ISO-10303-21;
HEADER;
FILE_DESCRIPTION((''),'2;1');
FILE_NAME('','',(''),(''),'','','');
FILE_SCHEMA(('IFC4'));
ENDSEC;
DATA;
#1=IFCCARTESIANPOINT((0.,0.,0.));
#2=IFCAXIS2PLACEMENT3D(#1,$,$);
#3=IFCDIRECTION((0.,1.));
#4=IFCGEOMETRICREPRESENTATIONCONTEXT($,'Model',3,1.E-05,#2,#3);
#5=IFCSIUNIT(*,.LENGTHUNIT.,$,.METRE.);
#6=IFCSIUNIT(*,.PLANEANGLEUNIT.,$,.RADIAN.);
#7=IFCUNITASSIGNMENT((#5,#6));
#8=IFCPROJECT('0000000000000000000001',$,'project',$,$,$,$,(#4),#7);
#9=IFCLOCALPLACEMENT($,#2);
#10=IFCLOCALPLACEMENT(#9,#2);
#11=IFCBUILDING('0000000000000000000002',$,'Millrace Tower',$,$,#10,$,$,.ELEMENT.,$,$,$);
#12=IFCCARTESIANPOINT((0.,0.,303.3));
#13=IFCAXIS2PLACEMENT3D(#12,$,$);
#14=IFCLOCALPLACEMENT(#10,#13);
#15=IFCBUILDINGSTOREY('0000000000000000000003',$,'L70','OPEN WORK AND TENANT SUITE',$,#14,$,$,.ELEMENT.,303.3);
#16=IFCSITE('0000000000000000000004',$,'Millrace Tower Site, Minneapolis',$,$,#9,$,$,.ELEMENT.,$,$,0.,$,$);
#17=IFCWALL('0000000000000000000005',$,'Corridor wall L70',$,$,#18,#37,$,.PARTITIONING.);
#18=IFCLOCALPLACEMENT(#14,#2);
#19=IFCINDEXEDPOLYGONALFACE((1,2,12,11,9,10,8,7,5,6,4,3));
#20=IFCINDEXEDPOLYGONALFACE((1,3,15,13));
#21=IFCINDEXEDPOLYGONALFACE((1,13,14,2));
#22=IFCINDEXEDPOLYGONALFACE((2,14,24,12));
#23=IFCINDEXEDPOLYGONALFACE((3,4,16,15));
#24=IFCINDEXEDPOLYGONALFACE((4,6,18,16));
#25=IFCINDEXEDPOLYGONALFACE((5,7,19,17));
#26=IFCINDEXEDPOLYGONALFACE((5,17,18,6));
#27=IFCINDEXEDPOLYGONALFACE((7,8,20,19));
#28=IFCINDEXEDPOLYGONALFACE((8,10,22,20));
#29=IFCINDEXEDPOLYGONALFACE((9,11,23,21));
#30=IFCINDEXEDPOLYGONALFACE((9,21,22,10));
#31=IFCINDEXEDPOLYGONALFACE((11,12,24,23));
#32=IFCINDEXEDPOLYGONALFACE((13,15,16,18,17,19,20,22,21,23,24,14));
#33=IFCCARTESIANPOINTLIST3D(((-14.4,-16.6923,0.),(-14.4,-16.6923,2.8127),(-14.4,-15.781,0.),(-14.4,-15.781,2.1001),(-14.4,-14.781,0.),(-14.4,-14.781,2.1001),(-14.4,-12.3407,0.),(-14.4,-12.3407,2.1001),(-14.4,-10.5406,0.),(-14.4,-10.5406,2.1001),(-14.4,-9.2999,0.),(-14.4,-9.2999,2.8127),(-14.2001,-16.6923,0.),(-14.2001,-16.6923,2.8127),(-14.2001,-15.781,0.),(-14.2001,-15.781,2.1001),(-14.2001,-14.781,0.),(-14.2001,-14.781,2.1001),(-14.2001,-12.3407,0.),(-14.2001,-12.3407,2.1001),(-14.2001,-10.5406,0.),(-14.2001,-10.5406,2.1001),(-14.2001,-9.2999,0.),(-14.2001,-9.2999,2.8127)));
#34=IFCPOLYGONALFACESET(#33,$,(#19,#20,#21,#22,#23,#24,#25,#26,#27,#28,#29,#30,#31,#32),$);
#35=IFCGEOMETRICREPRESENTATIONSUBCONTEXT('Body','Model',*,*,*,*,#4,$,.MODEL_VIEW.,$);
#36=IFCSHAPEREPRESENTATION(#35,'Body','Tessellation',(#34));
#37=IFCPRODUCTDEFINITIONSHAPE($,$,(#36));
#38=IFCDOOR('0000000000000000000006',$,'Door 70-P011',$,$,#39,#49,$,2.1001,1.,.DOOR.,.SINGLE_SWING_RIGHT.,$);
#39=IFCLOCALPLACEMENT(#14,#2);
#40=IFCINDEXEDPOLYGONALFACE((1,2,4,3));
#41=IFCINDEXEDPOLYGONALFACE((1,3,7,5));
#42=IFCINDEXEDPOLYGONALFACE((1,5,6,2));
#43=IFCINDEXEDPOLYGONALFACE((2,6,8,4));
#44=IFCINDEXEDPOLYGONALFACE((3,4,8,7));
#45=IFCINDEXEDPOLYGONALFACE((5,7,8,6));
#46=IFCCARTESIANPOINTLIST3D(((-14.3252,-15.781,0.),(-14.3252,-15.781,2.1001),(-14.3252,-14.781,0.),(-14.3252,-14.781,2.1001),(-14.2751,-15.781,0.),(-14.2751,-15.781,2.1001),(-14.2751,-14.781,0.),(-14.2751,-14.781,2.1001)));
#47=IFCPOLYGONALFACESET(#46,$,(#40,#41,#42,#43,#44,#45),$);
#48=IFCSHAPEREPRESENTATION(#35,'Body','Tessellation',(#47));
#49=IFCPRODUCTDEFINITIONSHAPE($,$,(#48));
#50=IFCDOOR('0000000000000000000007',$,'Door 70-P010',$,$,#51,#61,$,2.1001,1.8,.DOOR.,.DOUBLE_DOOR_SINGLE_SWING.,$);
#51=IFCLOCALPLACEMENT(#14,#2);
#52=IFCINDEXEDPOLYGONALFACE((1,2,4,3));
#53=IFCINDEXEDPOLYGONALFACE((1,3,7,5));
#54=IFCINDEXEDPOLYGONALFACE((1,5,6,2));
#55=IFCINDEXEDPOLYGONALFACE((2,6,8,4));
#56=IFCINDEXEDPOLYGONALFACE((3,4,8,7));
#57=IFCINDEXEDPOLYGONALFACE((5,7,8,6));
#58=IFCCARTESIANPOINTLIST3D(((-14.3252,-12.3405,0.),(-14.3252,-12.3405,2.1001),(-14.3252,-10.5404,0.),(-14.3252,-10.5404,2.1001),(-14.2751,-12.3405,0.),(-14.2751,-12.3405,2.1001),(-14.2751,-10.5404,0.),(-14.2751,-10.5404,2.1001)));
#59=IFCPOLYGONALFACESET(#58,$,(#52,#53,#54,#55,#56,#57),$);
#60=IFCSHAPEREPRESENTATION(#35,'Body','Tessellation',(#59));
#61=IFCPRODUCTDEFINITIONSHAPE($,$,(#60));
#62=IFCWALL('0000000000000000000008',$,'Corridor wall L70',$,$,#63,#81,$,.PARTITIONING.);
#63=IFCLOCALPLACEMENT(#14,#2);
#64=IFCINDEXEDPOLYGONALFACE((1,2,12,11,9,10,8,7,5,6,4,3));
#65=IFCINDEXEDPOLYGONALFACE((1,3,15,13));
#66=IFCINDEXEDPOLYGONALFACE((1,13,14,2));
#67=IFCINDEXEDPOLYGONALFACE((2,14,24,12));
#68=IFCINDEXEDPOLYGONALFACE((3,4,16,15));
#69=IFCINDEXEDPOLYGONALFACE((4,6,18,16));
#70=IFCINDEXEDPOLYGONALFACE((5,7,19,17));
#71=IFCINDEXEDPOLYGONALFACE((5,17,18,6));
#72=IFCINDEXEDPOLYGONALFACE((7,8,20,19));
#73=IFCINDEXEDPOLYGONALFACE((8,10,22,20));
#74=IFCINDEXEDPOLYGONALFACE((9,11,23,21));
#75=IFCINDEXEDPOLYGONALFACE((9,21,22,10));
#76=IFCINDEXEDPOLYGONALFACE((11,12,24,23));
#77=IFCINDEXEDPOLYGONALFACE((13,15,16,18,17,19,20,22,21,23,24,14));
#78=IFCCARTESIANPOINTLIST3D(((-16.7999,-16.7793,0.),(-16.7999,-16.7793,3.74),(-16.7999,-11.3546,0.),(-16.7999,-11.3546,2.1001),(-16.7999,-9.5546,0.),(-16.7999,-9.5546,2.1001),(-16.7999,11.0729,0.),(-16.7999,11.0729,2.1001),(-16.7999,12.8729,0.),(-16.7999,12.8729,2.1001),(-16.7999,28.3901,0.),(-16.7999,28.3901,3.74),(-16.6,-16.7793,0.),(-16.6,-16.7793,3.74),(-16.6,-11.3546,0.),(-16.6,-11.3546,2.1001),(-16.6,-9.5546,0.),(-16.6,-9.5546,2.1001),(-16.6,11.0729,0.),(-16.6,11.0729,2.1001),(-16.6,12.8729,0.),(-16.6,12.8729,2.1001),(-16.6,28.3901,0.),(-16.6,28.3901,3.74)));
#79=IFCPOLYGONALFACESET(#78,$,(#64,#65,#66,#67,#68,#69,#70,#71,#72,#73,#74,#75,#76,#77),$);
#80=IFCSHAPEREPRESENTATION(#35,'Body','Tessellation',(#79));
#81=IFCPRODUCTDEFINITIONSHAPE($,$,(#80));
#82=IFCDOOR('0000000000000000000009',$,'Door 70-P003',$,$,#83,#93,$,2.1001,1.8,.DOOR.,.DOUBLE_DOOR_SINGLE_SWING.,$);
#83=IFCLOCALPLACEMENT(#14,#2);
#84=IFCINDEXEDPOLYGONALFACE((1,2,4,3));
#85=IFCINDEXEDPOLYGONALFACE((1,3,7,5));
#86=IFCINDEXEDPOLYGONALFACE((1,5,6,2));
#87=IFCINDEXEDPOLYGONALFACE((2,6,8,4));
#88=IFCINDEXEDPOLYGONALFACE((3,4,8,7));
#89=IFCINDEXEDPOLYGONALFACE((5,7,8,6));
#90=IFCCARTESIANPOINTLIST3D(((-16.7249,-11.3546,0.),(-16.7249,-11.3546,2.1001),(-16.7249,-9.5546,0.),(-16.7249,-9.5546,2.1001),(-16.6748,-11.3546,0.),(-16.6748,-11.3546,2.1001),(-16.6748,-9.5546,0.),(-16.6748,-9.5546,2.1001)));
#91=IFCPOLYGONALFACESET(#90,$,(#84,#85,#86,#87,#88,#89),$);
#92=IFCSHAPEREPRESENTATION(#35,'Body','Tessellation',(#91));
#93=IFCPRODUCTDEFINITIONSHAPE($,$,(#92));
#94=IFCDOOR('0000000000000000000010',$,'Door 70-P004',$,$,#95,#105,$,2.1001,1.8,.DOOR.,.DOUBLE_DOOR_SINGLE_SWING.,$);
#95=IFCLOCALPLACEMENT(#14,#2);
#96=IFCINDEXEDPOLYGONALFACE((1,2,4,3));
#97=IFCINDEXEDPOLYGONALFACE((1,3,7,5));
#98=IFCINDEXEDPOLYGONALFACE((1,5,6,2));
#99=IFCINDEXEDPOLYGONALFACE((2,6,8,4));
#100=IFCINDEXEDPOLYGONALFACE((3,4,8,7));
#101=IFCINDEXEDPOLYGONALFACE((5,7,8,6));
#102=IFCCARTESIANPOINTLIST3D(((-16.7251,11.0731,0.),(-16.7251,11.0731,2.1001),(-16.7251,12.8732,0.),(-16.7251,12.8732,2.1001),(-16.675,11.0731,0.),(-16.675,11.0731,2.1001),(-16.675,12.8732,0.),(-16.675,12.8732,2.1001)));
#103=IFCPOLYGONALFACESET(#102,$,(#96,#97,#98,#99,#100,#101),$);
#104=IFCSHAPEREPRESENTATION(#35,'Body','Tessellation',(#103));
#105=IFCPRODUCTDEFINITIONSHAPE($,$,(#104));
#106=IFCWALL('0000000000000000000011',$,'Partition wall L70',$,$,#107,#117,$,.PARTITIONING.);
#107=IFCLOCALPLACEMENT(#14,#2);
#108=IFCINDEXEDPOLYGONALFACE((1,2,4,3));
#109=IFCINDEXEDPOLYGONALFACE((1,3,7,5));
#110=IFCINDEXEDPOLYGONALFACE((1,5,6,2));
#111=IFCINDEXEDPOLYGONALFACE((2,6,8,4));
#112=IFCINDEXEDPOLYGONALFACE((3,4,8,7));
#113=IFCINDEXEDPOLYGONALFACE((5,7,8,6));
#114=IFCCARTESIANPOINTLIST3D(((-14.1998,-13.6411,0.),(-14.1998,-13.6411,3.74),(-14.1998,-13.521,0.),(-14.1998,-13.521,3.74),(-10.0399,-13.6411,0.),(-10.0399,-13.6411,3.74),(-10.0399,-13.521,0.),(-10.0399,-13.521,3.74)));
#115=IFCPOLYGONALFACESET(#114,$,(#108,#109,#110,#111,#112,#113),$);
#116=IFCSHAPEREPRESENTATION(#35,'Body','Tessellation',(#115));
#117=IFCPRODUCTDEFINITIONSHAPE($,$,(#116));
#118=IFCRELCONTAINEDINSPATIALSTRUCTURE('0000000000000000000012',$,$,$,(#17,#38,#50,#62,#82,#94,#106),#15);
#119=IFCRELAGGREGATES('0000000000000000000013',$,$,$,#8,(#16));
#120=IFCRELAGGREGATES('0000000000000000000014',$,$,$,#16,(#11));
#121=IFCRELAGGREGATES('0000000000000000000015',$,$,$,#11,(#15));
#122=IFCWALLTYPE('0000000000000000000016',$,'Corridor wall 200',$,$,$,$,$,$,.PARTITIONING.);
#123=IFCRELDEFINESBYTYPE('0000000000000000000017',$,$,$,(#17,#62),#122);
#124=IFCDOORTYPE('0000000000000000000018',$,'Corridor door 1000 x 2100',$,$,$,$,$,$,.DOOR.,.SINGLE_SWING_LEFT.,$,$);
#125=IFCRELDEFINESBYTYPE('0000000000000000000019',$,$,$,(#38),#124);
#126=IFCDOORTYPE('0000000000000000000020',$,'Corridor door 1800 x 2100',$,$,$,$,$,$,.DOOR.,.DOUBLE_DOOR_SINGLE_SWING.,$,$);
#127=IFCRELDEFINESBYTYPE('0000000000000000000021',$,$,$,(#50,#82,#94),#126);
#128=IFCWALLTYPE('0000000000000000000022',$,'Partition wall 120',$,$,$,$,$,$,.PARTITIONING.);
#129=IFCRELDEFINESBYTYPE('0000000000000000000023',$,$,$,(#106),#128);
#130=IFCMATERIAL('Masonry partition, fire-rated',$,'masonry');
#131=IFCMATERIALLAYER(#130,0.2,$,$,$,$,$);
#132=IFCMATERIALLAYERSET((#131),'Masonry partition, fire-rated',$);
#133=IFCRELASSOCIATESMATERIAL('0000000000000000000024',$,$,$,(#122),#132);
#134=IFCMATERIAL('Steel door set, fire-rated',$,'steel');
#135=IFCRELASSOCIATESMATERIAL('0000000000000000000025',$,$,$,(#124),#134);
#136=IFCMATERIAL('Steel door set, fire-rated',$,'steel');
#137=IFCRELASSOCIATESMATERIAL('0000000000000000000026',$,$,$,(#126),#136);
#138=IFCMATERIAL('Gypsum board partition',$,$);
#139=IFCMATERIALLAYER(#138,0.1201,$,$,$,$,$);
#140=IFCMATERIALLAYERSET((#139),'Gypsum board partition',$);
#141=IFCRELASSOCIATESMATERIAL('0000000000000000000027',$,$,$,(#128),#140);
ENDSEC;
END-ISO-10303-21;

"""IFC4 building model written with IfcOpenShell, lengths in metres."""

from ifc_helpers import new_model, si_unit, direction, frame, frame_2d, origin, place, context, subcontext, project, spatial, rectangle, extrude, material, layer, layer_set, type_object, element, fill, save


model = new_model("IFC4")

# Units and contexts
model_context = context("Model", 3, precision=1e-05, world=origin(), true_north=direction((0.0, 1.0)))
body_context = subcontext(model_context, "Body", "Model", "MODEL_VIEW")
ifc_project = project(units=[si_unit("LENGTHUNIT", "METRE"), si_unit("PLANEANGLEUNIT", "RADIAN")], contexts=[model_context])

# Site, building, storey
site_placement = place(None, origin())
site = spatial("IfcSite", under=ifc_project, at=site_placement, Name="Millrace Tower Site, Minneapolis", CompositionType="ELEMENT", RefElevation=0.0)
building_placement = place(site_placement, origin())
building = spatial("IfcBuilding", under=site, at=building_placement, Name="Millrace Tower", CompositionType="ELEMENT")
storey_placement = place(building_placement, frame((0.0, 0.0, 303.3)))
storey = spatial("IfcBuildingStorey", under=building, at=storey_placement, Name="L70", Description="OPEN WORK AND TENANT SUITE", CompositionType="ELEMENT", Elevation=303.3)

# Shared definitions
ifc_material_1 = material(Name="Masonry partition, fire-rated", Category="masonry")
ifc_layer_1 = layer(ifc_material_1, 0.2)
ifc_layer_set_1 = layer_set([ifc_layer_1], Name="Masonry partition, fire-rated")
wall_type_1 = type_object("IfcWallType", Name="Corridor wall 200", PredefinedType="PARTITIONING", material=ifc_layer_set_1)

# Walls, openings, doors
wall_1_placement = place(storey_placement, frame((-14.3, -16.6924, 0.0), z_axis=(0.0, 0.0, 1.0), x_axis=(0.0, 1.0, 0.0)))
wall_1 = element("IfcWall", 1, at=wall_1_placement, inside=storey, type_object=wall_type_1, Name="Corridor wall L70", PredefinedType="PARTITIONING", context=body_context, shape_type="SweptSolid", body=[
    extrude(rectangle(XDim=7.3923, YDim=0.2, at=frame_2d((3.6963, 0.0))), origin(), (0.0, 0.0, 1.0), 2.8127),
])
opening_1_placement = place(wall_1_placement, frame((4.3518, 0.0, 0.0)))
opening_1 = element("IfcOpeningElement", 2, at=opening_1_placement, cuts=wall_1, PredefinedType="OPENING", context=body_context, shape_type="SweptSolid", body=[
    extrude(rectangle(XDim=1.8, YDim=2.1001, at=frame_2d((0.8999, 1.05))), frame((0.0, 0.1099, 0.0), z_axis=(0.0, -1.0, 0.0), x_axis=(1.0, 0.0, 0.0)), (0.0, 0.0, 1.0), 0.22),
])
opening_2_placement = place(wall_1_placement, frame((0.9114, 0.0, 0.0)))
opening_2 = element("IfcOpeningElement", 3, at=opening_2_placement, cuts=wall_1, PredefinedType="OPENING", context=body_context, shape_type="SweptSolid", body=[
    extrude(rectangle(XDim=1.0, YDim=2.1001, at=frame_2d((0.5, 1.05))), frame((0.0, 0.1099, 0.0), z_axis=(0.0, -1.0, 0.0), x_axis=(1.0, 0.0, 0.0)), (0.0, 0.0, 1.0), 0.22),
])
ifc_material_2 = material(Name="Steel door set, fire-rated", Category="steel")
door_type_1 = type_object("IfcDoorType", Name="Corridor door 1000 x 2100", OperationType="SINGLE_SWING_LEFT", PredefinedType="DOOR", material=ifc_material_2)
door_1_placement = place(opening_2_placement, frame((1.0, 0.0, 0.0), z_axis=(0.0, 0.0, 1.0), x_axis=(-1.0, 0.0, 0.0)))
door_1 = element("IfcDoor", 4, at=door_1_placement, inside=storey, type_object=door_type_1, Name="Door 70-P011", OperationType="SINGLE_SWING_RIGHT", OverallHeight=2.1001, OverallWidth=1.0, PredefinedType="DOOR", context=body_context, shape_type="SweptSolid", body=[
    extrude(rectangle(XDim=1.0, YDim=2.1001, at=frame_2d((0.5, 1.05))), frame((0.0, 0.0249, 0.0), z_axis=(0.0, -1.0, 0.0), x_axis=(1.0, 0.0, 0.0)), (0.0, 0.0, 1.0), 0.05),
])
fill(opening_2, door_1)
ifc_material_3 = material(Name="Steel door set, fire-rated", Category="steel")
door_type_2 = type_object("IfcDoorType", Name="Corridor door 1800 x 2100", OperationType="DOUBLE_DOOR_SINGLE_SWING", PredefinedType="DOOR", material=ifc_material_3)
door_2_placement = place(opening_1_placement, frame((1.8, 0.0, 0.0), z_axis=(0.0, 0.0, 1.0), x_axis=(-1.0, 0.0, 0.0)))
door_2 = element("IfcDoor", 5, at=door_2_placement, inside=storey, type_object=door_type_2, Name="Door 70-P010", OperationType="DOUBLE_DOOR_SINGLE_SWING", OverallHeight=2.1001, OverallWidth=1.8, PredefinedType="DOOR", context=body_context, shape_type="SweptSolid", body=[
    extrude(rectangle(XDim=1.8, YDim=2.1001, at=frame_2d((0.8999, 1.05))), frame((0.0, 0.0249, 0.0), z_axis=(0.0, -1.0, 0.0), x_axis=(1.0, 0.0, 0.0)), (0.0, 0.0, 1.0), 0.05),
])
fill(opening_1, door_2)
wall_2_placement = place(storey_placement, frame((-16.7, -16.7793, 0.0), z_axis=(0.0, 0.0, 1.0), x_axis=(0.0, 1.0, 0.0)))
wall_2 = element("IfcWall", 6, at=wall_2_placement, inside=storey, type_object=wall_type_1, Name="Corridor wall L70", PredefinedType="PARTITIONING", context=body_context, shape_type="SweptSolid", body=[
    extrude(rectangle(XDim=45.1694, YDim=0.2, at=frame_2d((22.5847, 0.0))), origin(), (0.0, 0.0, 1.0), 3.74),
])
opening_3_placement = place(wall_2_placement, frame((5.4248, 0.0, 0.0)))
opening_3 = element("IfcOpeningElement", 7, at=opening_3_placement, cuts=wall_2, PredefinedType="OPENING", context=body_context, shape_type="SweptSolid", body=[
    extrude(rectangle(XDim=1.8, YDim=2.1001, at=frame_2d((0.8999, 1.05))), frame((0.0, 0.1099, 0.0), z_axis=(0.0, -1.0, 0.0), x_axis=(1.0, 0.0, 0.0)), (0.0, 0.0, 1.0), 0.22),
])
opening_4_placement = place(wall_2_placement, frame((27.8523, 0.0, 0.0)))
opening_4 = element("IfcOpeningElement", 8, at=opening_4_placement, cuts=wall_2, PredefinedType="OPENING", context=body_context, shape_type="SweptSolid", body=[
    extrude(rectangle(XDim=1.8, YDim=2.1001, at=frame_2d((0.8999, 1.05))), frame((0.0, 0.1099, 0.0), z_axis=(0.0, -1.0, 0.0), x_axis=(1.0, 0.0, 0.0)), (0.0, 0.0, 1.0), 0.22),
])
door_3_placement = place(opening_3_placement, origin())
door_3 = element("IfcDoor", 9, at=door_3_placement, inside=storey, type_object=door_type_2, Name="Door 70-P003", OperationType="DOUBLE_DOOR_SINGLE_SWING", OverallHeight=2.1001, OverallWidth=1.8, PredefinedType="DOOR", context=body_context, shape_type="SweptSolid", body=[
    extrude(rectangle(XDim=1.8, YDim=2.1001, at=frame_2d((0.8999, 1.05))), frame((0.0, 0.0249, 0.0), z_axis=(0.0, -1.0, 0.0), x_axis=(1.0, 0.0, 0.0)), (0.0, 0.0, 1.0), 0.05),
])
fill(opening_3, door_3)
door_4_placement = place(opening_4_placement, frame((1.8, 0.0, 0.0), z_axis=(0.0, 0.0, 1.0), x_axis=(-1.0, 0.0, 0.0)))
door_4 = element("IfcDoor", 10, at=door_4_placement, inside=storey, type_object=door_type_2, Name="Door 70-P004", OperationType="DOUBLE_DOOR_SINGLE_SWING", OverallHeight=2.1001, OverallWidth=1.8, PredefinedType="DOOR", context=body_context, shape_type="SweptSolid", body=[
    extrude(rectangle(XDim=1.8, YDim=2.1001, at=frame_2d((0.8999, 1.05))), frame((0.0, 0.0249, 0.0), z_axis=(0.0, -1.0, 0.0), x_axis=(1.0, 0.0, 0.0)), (0.0, 0.0, 1.0), 0.05),
])
fill(opening_4, door_4)

# Wall
ifc_material_4 = material(Name="Gypsum board partition")
ifc_layer_2 = layer(ifc_material_4, 0.1201)
ifc_layer_set_2 = layer_set([ifc_layer_2], Name="Gypsum board partition")
wall_type_2 = type_object("IfcWallType", Name="Partition wall 120", PredefinedType="PARTITIONING", material=ifc_layer_set_2)
wall_3_placement = place(storey_placement, frame((-14.2, -13.5811, 0.0), z_axis=(0.0, 0.0, 1.0), x_axis=(1.0, 0.0, 0.0)))
element("IfcWall", 11, at=wall_3_placement, inside=storey, type_object=wall_type_2, Name="Partition wall L70", PredefinedType="PARTITIONING", context=body_context, shape_type="SweptSolid", body=[
    extrude(rectangle(XDim=4.1599, YDim=0.1201, at=frame_2d((2.0801, 0.0))), origin(), (0.0, 0.0, 1.0), 3.74),
])

save(model, "model.ifc")
